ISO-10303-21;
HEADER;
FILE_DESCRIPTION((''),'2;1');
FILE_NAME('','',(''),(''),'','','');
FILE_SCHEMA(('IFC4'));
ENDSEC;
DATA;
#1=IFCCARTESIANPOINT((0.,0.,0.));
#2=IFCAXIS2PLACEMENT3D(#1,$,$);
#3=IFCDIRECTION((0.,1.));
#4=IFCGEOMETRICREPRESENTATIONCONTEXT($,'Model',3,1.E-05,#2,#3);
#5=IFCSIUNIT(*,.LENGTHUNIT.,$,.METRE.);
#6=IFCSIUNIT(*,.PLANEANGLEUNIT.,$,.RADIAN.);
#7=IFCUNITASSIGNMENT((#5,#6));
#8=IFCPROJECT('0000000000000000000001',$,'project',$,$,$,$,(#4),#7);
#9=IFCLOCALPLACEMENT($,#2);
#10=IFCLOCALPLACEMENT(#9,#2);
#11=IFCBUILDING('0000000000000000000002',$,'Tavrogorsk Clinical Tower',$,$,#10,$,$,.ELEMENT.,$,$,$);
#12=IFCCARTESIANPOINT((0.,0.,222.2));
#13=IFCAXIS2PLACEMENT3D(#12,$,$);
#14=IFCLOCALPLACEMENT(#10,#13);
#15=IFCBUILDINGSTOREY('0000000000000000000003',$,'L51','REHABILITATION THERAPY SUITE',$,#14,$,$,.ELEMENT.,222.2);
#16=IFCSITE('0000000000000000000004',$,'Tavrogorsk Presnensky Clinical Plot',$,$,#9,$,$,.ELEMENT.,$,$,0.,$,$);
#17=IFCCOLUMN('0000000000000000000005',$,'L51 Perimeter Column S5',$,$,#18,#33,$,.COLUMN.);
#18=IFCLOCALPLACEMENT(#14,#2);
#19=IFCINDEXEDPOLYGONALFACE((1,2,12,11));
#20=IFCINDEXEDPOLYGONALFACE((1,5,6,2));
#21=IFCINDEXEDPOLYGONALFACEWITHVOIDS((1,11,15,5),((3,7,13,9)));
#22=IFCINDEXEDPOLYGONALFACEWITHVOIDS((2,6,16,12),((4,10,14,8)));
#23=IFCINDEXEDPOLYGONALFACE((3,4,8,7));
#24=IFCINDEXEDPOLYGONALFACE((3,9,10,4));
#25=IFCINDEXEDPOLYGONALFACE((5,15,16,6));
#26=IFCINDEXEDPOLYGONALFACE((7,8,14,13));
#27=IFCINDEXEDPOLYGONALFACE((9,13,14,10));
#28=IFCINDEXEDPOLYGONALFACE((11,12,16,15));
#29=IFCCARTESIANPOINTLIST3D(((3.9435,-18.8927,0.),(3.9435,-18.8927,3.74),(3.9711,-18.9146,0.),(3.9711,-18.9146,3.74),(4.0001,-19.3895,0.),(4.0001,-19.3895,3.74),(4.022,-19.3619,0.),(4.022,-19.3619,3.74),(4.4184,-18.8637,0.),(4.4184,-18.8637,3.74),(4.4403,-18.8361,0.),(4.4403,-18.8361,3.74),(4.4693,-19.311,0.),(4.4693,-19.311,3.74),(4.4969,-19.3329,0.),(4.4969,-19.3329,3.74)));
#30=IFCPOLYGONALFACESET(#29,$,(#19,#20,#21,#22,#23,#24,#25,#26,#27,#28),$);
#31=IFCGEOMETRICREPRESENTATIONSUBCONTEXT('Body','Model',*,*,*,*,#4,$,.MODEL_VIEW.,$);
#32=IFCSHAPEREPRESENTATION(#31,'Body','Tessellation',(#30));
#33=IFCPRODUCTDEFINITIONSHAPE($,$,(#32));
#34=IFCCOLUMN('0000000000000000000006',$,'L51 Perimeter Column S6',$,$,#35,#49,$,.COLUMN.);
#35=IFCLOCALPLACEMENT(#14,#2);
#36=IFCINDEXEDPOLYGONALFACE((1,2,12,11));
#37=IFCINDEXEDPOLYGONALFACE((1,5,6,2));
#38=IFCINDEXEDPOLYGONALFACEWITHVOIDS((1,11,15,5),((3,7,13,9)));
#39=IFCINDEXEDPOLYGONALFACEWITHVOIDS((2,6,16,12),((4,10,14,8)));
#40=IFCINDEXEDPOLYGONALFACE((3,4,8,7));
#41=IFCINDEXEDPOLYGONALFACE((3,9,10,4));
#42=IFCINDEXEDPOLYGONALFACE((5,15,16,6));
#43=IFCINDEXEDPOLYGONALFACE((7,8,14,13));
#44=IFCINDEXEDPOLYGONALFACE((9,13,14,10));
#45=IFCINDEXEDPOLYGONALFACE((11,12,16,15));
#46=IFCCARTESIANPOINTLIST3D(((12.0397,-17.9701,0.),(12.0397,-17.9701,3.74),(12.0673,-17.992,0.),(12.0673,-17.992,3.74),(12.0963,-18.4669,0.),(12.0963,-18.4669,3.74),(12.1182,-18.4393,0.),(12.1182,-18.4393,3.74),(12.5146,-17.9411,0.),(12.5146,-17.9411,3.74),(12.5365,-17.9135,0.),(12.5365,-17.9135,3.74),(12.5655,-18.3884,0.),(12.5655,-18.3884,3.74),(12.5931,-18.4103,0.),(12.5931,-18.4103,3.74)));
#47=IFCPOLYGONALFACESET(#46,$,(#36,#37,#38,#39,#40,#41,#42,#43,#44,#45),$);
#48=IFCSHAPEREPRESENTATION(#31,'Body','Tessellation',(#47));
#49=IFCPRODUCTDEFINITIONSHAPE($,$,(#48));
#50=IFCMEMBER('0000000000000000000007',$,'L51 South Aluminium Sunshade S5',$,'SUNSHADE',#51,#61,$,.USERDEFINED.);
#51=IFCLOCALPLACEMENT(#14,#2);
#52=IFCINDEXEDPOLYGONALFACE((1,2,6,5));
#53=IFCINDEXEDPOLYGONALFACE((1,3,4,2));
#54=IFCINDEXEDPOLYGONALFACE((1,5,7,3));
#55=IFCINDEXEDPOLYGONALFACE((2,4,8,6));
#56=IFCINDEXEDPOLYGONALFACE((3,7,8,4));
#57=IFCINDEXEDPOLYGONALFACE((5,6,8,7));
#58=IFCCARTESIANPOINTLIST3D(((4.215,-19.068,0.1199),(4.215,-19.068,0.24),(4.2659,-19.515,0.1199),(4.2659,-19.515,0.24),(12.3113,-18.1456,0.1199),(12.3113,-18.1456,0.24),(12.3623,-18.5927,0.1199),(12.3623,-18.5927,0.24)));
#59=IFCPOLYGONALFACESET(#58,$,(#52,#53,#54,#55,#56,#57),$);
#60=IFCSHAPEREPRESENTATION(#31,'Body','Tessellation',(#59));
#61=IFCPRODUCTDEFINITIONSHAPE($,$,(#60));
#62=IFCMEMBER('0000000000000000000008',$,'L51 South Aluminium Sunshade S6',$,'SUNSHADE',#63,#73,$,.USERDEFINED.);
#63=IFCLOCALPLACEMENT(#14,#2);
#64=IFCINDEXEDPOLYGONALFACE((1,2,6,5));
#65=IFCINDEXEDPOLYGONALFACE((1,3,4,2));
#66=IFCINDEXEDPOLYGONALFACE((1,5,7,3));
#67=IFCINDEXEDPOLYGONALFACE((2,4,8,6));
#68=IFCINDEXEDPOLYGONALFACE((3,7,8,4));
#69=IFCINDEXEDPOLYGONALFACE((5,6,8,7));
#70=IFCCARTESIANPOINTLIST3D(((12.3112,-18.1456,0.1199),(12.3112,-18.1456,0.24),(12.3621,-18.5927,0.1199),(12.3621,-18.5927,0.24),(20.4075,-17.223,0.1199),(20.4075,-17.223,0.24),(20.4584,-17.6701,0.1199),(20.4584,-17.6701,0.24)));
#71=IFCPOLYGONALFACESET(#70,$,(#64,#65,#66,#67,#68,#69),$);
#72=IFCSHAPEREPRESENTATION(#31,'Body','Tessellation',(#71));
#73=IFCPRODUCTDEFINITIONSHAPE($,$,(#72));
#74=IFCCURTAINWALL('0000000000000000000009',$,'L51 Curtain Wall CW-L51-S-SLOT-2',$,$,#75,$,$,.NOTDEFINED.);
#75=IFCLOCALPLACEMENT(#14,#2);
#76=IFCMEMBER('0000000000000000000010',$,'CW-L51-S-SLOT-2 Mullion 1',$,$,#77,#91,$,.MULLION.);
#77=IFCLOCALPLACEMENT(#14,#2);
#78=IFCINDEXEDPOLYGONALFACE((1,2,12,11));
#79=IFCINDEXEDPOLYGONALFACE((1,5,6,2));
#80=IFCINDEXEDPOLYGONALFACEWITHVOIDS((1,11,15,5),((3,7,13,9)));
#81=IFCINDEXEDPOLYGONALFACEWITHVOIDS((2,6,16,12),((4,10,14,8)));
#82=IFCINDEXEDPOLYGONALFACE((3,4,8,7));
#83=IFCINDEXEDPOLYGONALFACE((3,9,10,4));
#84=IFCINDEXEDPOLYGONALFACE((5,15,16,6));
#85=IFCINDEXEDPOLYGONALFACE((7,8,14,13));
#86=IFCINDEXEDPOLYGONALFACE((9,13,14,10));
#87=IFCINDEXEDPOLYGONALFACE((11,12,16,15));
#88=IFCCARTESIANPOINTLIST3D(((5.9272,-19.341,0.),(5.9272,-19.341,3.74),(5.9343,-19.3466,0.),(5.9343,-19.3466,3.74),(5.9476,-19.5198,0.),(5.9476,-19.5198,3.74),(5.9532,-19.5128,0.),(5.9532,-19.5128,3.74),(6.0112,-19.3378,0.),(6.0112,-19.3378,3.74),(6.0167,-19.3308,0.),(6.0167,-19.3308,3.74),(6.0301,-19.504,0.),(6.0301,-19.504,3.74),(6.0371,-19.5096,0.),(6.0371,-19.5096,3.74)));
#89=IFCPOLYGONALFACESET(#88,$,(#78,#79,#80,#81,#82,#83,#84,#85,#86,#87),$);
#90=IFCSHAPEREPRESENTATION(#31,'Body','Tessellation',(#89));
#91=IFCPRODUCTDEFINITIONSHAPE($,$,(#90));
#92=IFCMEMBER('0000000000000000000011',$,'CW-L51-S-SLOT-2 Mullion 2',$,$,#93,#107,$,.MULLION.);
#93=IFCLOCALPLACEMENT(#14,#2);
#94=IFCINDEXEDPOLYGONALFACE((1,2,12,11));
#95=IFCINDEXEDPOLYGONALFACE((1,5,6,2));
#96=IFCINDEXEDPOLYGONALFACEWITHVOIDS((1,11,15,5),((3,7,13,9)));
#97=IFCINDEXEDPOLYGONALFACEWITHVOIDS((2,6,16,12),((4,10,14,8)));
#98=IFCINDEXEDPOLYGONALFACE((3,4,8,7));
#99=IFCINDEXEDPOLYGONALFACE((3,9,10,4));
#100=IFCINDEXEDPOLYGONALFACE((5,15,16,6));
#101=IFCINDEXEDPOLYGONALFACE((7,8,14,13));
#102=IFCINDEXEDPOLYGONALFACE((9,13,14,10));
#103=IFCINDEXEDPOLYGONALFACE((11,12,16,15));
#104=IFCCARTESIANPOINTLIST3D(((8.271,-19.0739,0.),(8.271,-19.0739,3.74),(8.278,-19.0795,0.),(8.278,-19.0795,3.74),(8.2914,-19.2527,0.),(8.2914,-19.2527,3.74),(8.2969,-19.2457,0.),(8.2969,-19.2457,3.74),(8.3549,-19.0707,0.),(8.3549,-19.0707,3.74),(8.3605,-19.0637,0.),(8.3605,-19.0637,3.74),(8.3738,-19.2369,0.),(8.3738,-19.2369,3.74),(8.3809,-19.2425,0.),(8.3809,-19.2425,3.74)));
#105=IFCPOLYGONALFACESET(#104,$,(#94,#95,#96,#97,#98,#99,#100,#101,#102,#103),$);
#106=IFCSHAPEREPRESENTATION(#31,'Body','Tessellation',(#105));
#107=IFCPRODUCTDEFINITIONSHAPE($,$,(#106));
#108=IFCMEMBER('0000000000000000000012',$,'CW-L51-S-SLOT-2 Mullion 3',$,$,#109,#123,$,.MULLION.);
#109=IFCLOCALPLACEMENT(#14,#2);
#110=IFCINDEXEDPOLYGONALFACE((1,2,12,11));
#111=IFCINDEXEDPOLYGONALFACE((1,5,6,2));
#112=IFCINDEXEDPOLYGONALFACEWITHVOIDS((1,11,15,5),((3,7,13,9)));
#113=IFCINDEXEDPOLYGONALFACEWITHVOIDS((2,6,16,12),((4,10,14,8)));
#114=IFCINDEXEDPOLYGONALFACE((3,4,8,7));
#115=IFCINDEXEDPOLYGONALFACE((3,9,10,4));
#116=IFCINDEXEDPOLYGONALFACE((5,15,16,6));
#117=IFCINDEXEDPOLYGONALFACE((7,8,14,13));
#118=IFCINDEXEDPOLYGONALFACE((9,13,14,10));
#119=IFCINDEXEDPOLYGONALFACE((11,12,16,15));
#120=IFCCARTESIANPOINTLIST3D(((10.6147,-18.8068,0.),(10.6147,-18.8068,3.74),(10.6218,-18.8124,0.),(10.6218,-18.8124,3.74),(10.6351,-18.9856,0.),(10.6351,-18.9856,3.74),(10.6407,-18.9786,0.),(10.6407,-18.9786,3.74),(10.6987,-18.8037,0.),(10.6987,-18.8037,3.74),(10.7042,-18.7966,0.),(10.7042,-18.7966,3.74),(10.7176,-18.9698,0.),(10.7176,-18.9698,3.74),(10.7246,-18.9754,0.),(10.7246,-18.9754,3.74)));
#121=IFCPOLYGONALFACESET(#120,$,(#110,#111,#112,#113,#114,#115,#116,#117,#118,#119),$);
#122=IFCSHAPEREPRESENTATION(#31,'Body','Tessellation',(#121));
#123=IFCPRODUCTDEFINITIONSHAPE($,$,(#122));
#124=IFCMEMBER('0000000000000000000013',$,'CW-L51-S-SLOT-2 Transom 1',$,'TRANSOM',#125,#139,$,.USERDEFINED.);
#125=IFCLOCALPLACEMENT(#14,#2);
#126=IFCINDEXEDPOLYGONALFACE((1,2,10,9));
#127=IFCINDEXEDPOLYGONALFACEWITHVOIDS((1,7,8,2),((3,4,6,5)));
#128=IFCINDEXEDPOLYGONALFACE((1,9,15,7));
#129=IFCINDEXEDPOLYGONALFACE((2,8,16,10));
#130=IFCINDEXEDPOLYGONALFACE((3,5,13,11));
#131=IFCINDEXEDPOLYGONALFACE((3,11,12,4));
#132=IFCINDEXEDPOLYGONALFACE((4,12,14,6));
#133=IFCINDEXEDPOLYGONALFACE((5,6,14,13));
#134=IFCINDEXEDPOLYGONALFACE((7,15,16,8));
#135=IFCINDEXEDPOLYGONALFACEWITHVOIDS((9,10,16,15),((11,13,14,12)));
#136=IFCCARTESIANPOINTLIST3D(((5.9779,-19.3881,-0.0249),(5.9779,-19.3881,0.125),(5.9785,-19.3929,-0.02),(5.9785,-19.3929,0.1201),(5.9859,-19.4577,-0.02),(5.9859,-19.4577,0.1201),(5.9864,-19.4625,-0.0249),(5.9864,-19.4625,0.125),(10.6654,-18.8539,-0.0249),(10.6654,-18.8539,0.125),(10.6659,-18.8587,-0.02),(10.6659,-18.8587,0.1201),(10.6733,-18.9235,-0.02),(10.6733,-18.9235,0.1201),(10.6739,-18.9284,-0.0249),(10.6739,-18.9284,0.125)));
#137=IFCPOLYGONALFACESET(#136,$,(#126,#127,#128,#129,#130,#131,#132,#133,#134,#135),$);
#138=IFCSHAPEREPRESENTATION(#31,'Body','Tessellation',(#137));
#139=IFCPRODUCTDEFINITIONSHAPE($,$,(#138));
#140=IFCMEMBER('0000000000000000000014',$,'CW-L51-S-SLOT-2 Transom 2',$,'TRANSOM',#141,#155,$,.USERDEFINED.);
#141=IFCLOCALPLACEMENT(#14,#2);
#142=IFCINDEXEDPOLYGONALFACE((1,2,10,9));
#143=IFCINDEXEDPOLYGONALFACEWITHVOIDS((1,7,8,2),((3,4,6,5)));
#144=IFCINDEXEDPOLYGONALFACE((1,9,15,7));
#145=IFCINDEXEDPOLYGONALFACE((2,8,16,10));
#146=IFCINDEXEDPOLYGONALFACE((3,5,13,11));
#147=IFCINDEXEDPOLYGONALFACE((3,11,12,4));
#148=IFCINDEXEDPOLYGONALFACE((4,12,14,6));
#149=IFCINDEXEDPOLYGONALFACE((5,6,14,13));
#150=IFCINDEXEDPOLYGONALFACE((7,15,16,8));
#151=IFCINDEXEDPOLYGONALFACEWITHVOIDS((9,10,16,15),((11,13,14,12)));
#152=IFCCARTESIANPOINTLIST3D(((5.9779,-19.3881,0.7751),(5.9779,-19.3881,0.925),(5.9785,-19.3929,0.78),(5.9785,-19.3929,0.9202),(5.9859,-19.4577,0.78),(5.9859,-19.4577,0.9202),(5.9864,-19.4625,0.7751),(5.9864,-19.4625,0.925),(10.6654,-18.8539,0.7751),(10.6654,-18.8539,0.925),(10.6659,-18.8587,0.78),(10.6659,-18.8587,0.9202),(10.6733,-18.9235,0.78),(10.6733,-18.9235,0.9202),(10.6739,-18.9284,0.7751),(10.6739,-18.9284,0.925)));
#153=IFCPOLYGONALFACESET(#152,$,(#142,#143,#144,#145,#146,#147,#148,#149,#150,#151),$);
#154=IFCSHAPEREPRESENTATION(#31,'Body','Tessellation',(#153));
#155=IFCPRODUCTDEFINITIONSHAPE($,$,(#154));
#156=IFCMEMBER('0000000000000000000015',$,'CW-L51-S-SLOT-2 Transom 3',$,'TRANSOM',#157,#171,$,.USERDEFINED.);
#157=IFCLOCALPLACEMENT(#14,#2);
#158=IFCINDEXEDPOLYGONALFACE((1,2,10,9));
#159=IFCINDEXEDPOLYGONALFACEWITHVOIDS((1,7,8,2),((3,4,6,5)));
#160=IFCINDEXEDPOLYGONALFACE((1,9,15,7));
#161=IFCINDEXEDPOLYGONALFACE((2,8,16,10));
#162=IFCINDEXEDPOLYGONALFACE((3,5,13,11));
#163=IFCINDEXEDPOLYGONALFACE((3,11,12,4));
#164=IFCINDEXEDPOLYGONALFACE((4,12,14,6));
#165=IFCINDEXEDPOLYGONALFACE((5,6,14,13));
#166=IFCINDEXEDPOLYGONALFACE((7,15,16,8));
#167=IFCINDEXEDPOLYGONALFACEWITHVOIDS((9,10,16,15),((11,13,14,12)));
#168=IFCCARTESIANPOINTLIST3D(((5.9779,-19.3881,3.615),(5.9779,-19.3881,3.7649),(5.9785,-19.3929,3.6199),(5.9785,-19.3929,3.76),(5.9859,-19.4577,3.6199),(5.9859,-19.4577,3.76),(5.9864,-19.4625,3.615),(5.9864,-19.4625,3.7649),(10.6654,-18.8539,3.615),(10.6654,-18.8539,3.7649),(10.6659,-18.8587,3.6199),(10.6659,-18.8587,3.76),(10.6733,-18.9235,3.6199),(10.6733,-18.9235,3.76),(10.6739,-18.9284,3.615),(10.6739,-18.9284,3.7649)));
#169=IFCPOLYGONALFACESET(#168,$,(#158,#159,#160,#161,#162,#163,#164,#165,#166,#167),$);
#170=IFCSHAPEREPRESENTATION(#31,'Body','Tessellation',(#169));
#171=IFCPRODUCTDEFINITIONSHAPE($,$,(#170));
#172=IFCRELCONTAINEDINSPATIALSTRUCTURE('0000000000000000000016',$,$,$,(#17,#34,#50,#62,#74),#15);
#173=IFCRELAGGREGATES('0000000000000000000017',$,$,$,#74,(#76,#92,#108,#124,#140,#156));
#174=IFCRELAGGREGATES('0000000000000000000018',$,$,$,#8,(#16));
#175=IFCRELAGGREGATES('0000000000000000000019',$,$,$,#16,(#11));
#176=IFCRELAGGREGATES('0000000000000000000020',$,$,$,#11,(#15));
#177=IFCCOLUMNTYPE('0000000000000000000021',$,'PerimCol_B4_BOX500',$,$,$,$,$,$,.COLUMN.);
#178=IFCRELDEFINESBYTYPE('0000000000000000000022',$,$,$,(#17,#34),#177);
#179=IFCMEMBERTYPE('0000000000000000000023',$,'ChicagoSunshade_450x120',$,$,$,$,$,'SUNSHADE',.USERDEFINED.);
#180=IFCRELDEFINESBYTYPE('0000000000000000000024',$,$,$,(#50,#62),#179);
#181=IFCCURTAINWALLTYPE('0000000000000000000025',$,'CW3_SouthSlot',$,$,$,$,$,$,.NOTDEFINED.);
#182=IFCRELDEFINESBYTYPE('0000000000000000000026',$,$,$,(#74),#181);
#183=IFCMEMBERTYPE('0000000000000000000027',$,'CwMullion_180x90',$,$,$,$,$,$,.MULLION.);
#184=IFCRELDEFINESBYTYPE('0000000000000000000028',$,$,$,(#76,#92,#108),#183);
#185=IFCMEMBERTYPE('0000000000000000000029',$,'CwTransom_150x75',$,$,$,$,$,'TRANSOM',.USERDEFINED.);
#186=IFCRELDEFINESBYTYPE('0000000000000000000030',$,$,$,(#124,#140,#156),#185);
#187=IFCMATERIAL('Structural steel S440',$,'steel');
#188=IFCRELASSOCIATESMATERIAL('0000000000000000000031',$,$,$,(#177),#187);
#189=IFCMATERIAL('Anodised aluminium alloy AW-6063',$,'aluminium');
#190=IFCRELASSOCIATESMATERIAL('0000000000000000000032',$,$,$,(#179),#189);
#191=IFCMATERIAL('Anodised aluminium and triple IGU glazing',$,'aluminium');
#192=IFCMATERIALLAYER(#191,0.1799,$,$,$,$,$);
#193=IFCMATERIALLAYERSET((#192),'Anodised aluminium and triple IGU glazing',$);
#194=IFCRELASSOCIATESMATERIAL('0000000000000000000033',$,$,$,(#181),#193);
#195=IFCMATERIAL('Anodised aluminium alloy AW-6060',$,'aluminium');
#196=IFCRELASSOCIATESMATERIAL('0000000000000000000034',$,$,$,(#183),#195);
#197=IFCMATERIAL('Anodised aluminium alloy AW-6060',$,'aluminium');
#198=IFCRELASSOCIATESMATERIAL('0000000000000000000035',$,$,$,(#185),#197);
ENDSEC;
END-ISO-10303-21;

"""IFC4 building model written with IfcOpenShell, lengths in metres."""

from ifc_helpers import new_model, si_unit, direction, frame, origin, origin_2d, place, context, subcontext, project, spatial, rectangle, hollow_rectangle, extrude, material, layer, layer_set, material_profile, profile_set, type_object, element, aggregate, save


model = new_model("IFC4")

# Units and contexts
model_context = context("Model", 3, precision=1e-05, world=origin(), true_north=direction((0.0, 1.0)))
body_context = subcontext(model_context, "Body", "Model", "MODEL_VIEW")
ifc_project = project(units=[si_unit("LENGTHUNIT", "METRE"), si_unit("PLANEANGLEUNIT", "RADIAN")], contexts=[model_context])

# Site, building, storey
site_placement = place(None, origin())
site = spatial("IfcSite", under=ifc_project, at=site_placement, Name="Tavrogorsk Presnensky Clinical Plot", CompositionType="ELEMENT", RefElevation=0.0)
building_placement = place(site_placement, origin())
building = spatial("IfcBuilding", under=site, at=building_placement, Name="Tavrogorsk Clinical Tower", CompositionType="ELEMENT")
storey_placement = place(building_placement, frame((0.0, 0.0, 222.2)))
storey = spatial("IfcBuildingStorey", under=building, at=storey_placement, Name="L51", Description="REHABILITATION THERAPY SUITE", CompositionType="ELEMENT", Elevation=222.2)

# Columns
ifc_material_1 = material(Name="Structural steel S440", Category="steel")
ifc_material_profile_1 = material_profile(ifc_material_1, hollow_rectangle(XDim=0.5, YDim=0.5, WallThickness=0.0249, at=origin_2d()), Name="BOX-500x500x25")
ifc_profile_set_1 = profile_set([ifc_material_profile_1], Name="Structural steel S440")
column_type = type_object("IfcColumnType", Name="PerimCol_B4_BOX500", PredefinedType="COLUMN", material=ifc_profile_set_1)
for number, where, z_axis, x_axis, name in (
    (1, (4.2202, -19.1128, 0.0), (0.0, 0.0, 1.0), (0.993572, 0.113203, 0.0), "L51 Perimeter Column S5"),
    (2, (12.3164, -18.1902, 0.0), (0.0, 0.0, 1.0), (0.993572, 0.113203, 0.0), "L51 Perimeter Column S6"),
):
    element("IfcColumn", number, at=place(storey_placement, frame(where, z_axis=z_axis, x_axis=x_axis)), inside=storey, type_object=column_type, Name=name, PredefinedType="COLUMN", context=body_context, shape_type="SweptSolid", body=[
        extrude(hollow_rectangle(XDim=0.5, YDim=0.5, WallThickness=0.0249, at=origin_2d()), origin(), (0.0, 0.0, 1.0), 3.74),
    ])

# Members
ifc_material_2 = material(Name="Anodised aluminium alloy AW-6063", Category="aluminium")
ifc_material_profile_2 = material_profile(ifc_material_2, rectangle(XDim=0.45, YDim=0.1201, at=origin_2d()), Name="ALU-SUNSHADE-450x120")
ifc_profile_set_2 = profile_set([ifc_material_profile_2], Name="Anodised aluminium alloy AW-6063")
member_type_1 = type_object("IfcMemberType", Name="ChicagoSunshade_450x120", ElementType="SUNSHADE", PredefinedType="USERDEFINED", material=ifc_profile_set_2)
for number, where, z_axis, x_axis, name in (
    (3, (4.2405, -19.2915, 0.1799), (0.993573, 0.113193, 0.0), (-0.113193, 0.993573, 0.0), "L51 South Aluminium Sunshade S5"),
    (4, (12.3367, -18.3691, 0.1799), (0.99357, 0.113223, 0.0), (-0.113223, 0.99357, 0.0), "L51 South Aluminium Sunshade S6"),
):
    element("IfcMember", number, at=place(storey_placement, frame(where, z_axis=z_axis, x_axis=x_axis)), inside=storey, type_object=member_type_1, Name=name, ObjectType="SUNSHADE", PredefinedType="USERDEFINED", context=body_context, shape_type="SweptSolid", body=[
        extrude(rectangle(XDim=0.45, YDim=0.1201, at=origin_2d()), origin(), (0.0, 0.0, 1.0), 8.1487),
    ])

# Curtain wall, members
ifc_material_3 = material(Name="Anodised aluminium and triple IGU glazing", Category="aluminium")
ifc_layer_1 = layer(ifc_material_3, 0.1799)
ifc_layer_set_1 = layer_set([ifc_layer_1], Name="Anodised aluminium and triple IGU glazing")
curtain_wall_type = type_object("IfcCurtainWallType", Name="CW3_SouthSlot", PredefinedType="NOTDEFINED", material=ifc_layer_set_1)
curtain_wall_placement = place(storey_placement, origin())
curtain_wall = element("IfcCurtainWall", 5, at=curtain_wall_placement, inside=storey, type_object=curtain_wall_type, Name="L51 Curtain Wall CW-L51-S-SLOT-2", PredefinedType="NOTDEFINED")
ifc_material_4 = material(Name="Anodised aluminium alloy AW-6060", Category="aluminium")
ifc_material_profile_3 = material_profile(ifc_material_4, hollow_rectangle(XDim=0.0901, YDim=0.1799, WallThickness=0.0063, at=origin_2d()), Name="RHS-180x90x6.3")
ifc_profile_set_3 = profile_set([ifc_material_profile_3], Name="Anodised aluminium alloy AW-6060")
member_type_2 = type_object("IfcMemberType", Name="CwMullion_180x90", PredefinedType="MULLION", material=ifc_profile_set_3)
member_1_placement = place(storey_placement, frame((5.9822, -19.4253, 0.0), z_axis=(0.0, 0.0, 1.0), x_axis=(0.993572, 0.113203, 0.0)))
member_1 = element("IfcMember", 6, at=member_1_placement, type_object=member_type_2, Name="CW-L51-S-SLOT-2 Mullion 1", PredefinedType="MULLION", context=body_context, shape_type="SweptSolid", body=[
    extrude(hollow_rectangle(XDim=0.0901, YDim=0.1799, WallThickness=0.0063, at=origin_2d()), origin(), (0.0, 0.0, 1.0), 3.74),
])
member_2_placement = place(storey_placement, frame((8.3259, -19.1582, 0.0), z_axis=(0.0, 0.0, 1.0), x_axis=(0.993572, 0.113203, 0.0)))
member_2 = element("IfcMember", 7, at=member_2_placement, type_object=member_type_2, Name="CW-L51-S-SLOT-2 Mullion 2", PredefinedType="MULLION", context=body_context, shape_type="SweptSolid", body=[
    extrude(hollow_rectangle(XDim=0.0901, YDim=0.1799, WallThickness=0.0063, at=origin_2d()), origin(), (0.0, 0.0, 1.0), 3.74),
])
member_3_placement = place(storey_placement, frame((10.6697, -18.8911, 0.0), z_axis=(0.0, 0.0, 1.0), x_axis=(0.993572, 0.113203, 0.0)))
member_3 = element("IfcMember", 8, at=member_3_placement, type_object=member_type_2, Name="CW-L51-S-SLOT-2 Mullion 3", PredefinedType="MULLION", context=body_context, shape_type="SweptSolid", body=[
    extrude(hollow_rectangle(XDim=0.0901, YDim=0.1799, WallThickness=0.0063, at=origin_2d()), origin(), (0.0, 0.0, 1.0), 3.74),
])
ifc_material_5 = material(Name="Anodised aluminium alloy AW-6060", Category="aluminium")
ifc_material_profile_4 = material_profile(ifc_material_5, hollow_rectangle(XDim=0.075, YDim=0.1499, WallThickness=0.0049, at=origin_2d()), Name="RHS-150x75x5")
ifc_profile_set_4 = profile_set([ifc_material_profile_4], Name="Anodised aluminium alloy AW-6060")
member_type_3 = type_object("IfcMemberType", Name="CwTransom_150x75", ElementType="TRANSOM", PredefinedType="USERDEFINED", material=ifc_profile_set_4)
member_4_placement = place(storey_placement, frame((5.9822, -19.4253, 0.05), z_axis=(0.993569, 0.113226, 0.0), x_axis=(-0.113226, 0.993569, 0.0)))
member_4 = element("IfcMember", 9, at=member_4_placement, type_object=member_type_3, Name="CW-L51-S-SLOT-2 Transom 1", ObjectType="TRANSOM", PredefinedType="USERDEFINED", context=body_context, shape_type="SweptSolid", body=[
    extrude(hollow_rectangle(XDim=0.075, YDim=0.1499, WallThickness=0.0049, at=origin_2d()), origin(), (0.0, 0.0, 1.0), 4.7178),
])
member_5_placement = place(storey_placement, frame((5.9822, -19.4253, 0.8501), z_axis=(0.993569, 0.113226, 0.0), x_axis=(-0.113226, 0.993569, 0.0)))
member_5 = element("IfcMember", 10, at=member_5_placement, type_object=member_type_3, Name="CW-L51-S-SLOT-2 Transom 2", ObjectType="TRANSOM", PredefinedType="USERDEFINED", context=body_context, shape_type="SweptSolid", body=[
    extrude(hollow_rectangle(XDim=0.075, YDim=0.1499, WallThickness=0.0049, at=origin_2d()), origin(), (0.0, 0.0, 1.0), 4.7178),
])
member_6_placement = place(storey_placement, frame((5.9822, -19.4253, 3.6899), z_axis=(0.993569, 0.113226, 0.0), x_axis=(-0.113226, 0.993569, 0.0)))
member_6 = element("IfcMember", 11, at=member_6_placement, type_object=member_type_3, Name="CW-L51-S-SLOT-2 Transom 3", ObjectType="TRANSOM", PredefinedType="USERDEFINED", context=body_context, shape_type="SweptSolid", body=[
    extrude(hollow_rectangle(XDim=0.075, YDim=0.1499, WallThickness=0.0049, at=origin_2d()), origin(), (0.0, 0.0, 1.0), 4.7178),
])

aggregate(curtain_wall, [member_1, member_2, member_3, member_4, member_5, member_6])

save(model, "model.ifc")
